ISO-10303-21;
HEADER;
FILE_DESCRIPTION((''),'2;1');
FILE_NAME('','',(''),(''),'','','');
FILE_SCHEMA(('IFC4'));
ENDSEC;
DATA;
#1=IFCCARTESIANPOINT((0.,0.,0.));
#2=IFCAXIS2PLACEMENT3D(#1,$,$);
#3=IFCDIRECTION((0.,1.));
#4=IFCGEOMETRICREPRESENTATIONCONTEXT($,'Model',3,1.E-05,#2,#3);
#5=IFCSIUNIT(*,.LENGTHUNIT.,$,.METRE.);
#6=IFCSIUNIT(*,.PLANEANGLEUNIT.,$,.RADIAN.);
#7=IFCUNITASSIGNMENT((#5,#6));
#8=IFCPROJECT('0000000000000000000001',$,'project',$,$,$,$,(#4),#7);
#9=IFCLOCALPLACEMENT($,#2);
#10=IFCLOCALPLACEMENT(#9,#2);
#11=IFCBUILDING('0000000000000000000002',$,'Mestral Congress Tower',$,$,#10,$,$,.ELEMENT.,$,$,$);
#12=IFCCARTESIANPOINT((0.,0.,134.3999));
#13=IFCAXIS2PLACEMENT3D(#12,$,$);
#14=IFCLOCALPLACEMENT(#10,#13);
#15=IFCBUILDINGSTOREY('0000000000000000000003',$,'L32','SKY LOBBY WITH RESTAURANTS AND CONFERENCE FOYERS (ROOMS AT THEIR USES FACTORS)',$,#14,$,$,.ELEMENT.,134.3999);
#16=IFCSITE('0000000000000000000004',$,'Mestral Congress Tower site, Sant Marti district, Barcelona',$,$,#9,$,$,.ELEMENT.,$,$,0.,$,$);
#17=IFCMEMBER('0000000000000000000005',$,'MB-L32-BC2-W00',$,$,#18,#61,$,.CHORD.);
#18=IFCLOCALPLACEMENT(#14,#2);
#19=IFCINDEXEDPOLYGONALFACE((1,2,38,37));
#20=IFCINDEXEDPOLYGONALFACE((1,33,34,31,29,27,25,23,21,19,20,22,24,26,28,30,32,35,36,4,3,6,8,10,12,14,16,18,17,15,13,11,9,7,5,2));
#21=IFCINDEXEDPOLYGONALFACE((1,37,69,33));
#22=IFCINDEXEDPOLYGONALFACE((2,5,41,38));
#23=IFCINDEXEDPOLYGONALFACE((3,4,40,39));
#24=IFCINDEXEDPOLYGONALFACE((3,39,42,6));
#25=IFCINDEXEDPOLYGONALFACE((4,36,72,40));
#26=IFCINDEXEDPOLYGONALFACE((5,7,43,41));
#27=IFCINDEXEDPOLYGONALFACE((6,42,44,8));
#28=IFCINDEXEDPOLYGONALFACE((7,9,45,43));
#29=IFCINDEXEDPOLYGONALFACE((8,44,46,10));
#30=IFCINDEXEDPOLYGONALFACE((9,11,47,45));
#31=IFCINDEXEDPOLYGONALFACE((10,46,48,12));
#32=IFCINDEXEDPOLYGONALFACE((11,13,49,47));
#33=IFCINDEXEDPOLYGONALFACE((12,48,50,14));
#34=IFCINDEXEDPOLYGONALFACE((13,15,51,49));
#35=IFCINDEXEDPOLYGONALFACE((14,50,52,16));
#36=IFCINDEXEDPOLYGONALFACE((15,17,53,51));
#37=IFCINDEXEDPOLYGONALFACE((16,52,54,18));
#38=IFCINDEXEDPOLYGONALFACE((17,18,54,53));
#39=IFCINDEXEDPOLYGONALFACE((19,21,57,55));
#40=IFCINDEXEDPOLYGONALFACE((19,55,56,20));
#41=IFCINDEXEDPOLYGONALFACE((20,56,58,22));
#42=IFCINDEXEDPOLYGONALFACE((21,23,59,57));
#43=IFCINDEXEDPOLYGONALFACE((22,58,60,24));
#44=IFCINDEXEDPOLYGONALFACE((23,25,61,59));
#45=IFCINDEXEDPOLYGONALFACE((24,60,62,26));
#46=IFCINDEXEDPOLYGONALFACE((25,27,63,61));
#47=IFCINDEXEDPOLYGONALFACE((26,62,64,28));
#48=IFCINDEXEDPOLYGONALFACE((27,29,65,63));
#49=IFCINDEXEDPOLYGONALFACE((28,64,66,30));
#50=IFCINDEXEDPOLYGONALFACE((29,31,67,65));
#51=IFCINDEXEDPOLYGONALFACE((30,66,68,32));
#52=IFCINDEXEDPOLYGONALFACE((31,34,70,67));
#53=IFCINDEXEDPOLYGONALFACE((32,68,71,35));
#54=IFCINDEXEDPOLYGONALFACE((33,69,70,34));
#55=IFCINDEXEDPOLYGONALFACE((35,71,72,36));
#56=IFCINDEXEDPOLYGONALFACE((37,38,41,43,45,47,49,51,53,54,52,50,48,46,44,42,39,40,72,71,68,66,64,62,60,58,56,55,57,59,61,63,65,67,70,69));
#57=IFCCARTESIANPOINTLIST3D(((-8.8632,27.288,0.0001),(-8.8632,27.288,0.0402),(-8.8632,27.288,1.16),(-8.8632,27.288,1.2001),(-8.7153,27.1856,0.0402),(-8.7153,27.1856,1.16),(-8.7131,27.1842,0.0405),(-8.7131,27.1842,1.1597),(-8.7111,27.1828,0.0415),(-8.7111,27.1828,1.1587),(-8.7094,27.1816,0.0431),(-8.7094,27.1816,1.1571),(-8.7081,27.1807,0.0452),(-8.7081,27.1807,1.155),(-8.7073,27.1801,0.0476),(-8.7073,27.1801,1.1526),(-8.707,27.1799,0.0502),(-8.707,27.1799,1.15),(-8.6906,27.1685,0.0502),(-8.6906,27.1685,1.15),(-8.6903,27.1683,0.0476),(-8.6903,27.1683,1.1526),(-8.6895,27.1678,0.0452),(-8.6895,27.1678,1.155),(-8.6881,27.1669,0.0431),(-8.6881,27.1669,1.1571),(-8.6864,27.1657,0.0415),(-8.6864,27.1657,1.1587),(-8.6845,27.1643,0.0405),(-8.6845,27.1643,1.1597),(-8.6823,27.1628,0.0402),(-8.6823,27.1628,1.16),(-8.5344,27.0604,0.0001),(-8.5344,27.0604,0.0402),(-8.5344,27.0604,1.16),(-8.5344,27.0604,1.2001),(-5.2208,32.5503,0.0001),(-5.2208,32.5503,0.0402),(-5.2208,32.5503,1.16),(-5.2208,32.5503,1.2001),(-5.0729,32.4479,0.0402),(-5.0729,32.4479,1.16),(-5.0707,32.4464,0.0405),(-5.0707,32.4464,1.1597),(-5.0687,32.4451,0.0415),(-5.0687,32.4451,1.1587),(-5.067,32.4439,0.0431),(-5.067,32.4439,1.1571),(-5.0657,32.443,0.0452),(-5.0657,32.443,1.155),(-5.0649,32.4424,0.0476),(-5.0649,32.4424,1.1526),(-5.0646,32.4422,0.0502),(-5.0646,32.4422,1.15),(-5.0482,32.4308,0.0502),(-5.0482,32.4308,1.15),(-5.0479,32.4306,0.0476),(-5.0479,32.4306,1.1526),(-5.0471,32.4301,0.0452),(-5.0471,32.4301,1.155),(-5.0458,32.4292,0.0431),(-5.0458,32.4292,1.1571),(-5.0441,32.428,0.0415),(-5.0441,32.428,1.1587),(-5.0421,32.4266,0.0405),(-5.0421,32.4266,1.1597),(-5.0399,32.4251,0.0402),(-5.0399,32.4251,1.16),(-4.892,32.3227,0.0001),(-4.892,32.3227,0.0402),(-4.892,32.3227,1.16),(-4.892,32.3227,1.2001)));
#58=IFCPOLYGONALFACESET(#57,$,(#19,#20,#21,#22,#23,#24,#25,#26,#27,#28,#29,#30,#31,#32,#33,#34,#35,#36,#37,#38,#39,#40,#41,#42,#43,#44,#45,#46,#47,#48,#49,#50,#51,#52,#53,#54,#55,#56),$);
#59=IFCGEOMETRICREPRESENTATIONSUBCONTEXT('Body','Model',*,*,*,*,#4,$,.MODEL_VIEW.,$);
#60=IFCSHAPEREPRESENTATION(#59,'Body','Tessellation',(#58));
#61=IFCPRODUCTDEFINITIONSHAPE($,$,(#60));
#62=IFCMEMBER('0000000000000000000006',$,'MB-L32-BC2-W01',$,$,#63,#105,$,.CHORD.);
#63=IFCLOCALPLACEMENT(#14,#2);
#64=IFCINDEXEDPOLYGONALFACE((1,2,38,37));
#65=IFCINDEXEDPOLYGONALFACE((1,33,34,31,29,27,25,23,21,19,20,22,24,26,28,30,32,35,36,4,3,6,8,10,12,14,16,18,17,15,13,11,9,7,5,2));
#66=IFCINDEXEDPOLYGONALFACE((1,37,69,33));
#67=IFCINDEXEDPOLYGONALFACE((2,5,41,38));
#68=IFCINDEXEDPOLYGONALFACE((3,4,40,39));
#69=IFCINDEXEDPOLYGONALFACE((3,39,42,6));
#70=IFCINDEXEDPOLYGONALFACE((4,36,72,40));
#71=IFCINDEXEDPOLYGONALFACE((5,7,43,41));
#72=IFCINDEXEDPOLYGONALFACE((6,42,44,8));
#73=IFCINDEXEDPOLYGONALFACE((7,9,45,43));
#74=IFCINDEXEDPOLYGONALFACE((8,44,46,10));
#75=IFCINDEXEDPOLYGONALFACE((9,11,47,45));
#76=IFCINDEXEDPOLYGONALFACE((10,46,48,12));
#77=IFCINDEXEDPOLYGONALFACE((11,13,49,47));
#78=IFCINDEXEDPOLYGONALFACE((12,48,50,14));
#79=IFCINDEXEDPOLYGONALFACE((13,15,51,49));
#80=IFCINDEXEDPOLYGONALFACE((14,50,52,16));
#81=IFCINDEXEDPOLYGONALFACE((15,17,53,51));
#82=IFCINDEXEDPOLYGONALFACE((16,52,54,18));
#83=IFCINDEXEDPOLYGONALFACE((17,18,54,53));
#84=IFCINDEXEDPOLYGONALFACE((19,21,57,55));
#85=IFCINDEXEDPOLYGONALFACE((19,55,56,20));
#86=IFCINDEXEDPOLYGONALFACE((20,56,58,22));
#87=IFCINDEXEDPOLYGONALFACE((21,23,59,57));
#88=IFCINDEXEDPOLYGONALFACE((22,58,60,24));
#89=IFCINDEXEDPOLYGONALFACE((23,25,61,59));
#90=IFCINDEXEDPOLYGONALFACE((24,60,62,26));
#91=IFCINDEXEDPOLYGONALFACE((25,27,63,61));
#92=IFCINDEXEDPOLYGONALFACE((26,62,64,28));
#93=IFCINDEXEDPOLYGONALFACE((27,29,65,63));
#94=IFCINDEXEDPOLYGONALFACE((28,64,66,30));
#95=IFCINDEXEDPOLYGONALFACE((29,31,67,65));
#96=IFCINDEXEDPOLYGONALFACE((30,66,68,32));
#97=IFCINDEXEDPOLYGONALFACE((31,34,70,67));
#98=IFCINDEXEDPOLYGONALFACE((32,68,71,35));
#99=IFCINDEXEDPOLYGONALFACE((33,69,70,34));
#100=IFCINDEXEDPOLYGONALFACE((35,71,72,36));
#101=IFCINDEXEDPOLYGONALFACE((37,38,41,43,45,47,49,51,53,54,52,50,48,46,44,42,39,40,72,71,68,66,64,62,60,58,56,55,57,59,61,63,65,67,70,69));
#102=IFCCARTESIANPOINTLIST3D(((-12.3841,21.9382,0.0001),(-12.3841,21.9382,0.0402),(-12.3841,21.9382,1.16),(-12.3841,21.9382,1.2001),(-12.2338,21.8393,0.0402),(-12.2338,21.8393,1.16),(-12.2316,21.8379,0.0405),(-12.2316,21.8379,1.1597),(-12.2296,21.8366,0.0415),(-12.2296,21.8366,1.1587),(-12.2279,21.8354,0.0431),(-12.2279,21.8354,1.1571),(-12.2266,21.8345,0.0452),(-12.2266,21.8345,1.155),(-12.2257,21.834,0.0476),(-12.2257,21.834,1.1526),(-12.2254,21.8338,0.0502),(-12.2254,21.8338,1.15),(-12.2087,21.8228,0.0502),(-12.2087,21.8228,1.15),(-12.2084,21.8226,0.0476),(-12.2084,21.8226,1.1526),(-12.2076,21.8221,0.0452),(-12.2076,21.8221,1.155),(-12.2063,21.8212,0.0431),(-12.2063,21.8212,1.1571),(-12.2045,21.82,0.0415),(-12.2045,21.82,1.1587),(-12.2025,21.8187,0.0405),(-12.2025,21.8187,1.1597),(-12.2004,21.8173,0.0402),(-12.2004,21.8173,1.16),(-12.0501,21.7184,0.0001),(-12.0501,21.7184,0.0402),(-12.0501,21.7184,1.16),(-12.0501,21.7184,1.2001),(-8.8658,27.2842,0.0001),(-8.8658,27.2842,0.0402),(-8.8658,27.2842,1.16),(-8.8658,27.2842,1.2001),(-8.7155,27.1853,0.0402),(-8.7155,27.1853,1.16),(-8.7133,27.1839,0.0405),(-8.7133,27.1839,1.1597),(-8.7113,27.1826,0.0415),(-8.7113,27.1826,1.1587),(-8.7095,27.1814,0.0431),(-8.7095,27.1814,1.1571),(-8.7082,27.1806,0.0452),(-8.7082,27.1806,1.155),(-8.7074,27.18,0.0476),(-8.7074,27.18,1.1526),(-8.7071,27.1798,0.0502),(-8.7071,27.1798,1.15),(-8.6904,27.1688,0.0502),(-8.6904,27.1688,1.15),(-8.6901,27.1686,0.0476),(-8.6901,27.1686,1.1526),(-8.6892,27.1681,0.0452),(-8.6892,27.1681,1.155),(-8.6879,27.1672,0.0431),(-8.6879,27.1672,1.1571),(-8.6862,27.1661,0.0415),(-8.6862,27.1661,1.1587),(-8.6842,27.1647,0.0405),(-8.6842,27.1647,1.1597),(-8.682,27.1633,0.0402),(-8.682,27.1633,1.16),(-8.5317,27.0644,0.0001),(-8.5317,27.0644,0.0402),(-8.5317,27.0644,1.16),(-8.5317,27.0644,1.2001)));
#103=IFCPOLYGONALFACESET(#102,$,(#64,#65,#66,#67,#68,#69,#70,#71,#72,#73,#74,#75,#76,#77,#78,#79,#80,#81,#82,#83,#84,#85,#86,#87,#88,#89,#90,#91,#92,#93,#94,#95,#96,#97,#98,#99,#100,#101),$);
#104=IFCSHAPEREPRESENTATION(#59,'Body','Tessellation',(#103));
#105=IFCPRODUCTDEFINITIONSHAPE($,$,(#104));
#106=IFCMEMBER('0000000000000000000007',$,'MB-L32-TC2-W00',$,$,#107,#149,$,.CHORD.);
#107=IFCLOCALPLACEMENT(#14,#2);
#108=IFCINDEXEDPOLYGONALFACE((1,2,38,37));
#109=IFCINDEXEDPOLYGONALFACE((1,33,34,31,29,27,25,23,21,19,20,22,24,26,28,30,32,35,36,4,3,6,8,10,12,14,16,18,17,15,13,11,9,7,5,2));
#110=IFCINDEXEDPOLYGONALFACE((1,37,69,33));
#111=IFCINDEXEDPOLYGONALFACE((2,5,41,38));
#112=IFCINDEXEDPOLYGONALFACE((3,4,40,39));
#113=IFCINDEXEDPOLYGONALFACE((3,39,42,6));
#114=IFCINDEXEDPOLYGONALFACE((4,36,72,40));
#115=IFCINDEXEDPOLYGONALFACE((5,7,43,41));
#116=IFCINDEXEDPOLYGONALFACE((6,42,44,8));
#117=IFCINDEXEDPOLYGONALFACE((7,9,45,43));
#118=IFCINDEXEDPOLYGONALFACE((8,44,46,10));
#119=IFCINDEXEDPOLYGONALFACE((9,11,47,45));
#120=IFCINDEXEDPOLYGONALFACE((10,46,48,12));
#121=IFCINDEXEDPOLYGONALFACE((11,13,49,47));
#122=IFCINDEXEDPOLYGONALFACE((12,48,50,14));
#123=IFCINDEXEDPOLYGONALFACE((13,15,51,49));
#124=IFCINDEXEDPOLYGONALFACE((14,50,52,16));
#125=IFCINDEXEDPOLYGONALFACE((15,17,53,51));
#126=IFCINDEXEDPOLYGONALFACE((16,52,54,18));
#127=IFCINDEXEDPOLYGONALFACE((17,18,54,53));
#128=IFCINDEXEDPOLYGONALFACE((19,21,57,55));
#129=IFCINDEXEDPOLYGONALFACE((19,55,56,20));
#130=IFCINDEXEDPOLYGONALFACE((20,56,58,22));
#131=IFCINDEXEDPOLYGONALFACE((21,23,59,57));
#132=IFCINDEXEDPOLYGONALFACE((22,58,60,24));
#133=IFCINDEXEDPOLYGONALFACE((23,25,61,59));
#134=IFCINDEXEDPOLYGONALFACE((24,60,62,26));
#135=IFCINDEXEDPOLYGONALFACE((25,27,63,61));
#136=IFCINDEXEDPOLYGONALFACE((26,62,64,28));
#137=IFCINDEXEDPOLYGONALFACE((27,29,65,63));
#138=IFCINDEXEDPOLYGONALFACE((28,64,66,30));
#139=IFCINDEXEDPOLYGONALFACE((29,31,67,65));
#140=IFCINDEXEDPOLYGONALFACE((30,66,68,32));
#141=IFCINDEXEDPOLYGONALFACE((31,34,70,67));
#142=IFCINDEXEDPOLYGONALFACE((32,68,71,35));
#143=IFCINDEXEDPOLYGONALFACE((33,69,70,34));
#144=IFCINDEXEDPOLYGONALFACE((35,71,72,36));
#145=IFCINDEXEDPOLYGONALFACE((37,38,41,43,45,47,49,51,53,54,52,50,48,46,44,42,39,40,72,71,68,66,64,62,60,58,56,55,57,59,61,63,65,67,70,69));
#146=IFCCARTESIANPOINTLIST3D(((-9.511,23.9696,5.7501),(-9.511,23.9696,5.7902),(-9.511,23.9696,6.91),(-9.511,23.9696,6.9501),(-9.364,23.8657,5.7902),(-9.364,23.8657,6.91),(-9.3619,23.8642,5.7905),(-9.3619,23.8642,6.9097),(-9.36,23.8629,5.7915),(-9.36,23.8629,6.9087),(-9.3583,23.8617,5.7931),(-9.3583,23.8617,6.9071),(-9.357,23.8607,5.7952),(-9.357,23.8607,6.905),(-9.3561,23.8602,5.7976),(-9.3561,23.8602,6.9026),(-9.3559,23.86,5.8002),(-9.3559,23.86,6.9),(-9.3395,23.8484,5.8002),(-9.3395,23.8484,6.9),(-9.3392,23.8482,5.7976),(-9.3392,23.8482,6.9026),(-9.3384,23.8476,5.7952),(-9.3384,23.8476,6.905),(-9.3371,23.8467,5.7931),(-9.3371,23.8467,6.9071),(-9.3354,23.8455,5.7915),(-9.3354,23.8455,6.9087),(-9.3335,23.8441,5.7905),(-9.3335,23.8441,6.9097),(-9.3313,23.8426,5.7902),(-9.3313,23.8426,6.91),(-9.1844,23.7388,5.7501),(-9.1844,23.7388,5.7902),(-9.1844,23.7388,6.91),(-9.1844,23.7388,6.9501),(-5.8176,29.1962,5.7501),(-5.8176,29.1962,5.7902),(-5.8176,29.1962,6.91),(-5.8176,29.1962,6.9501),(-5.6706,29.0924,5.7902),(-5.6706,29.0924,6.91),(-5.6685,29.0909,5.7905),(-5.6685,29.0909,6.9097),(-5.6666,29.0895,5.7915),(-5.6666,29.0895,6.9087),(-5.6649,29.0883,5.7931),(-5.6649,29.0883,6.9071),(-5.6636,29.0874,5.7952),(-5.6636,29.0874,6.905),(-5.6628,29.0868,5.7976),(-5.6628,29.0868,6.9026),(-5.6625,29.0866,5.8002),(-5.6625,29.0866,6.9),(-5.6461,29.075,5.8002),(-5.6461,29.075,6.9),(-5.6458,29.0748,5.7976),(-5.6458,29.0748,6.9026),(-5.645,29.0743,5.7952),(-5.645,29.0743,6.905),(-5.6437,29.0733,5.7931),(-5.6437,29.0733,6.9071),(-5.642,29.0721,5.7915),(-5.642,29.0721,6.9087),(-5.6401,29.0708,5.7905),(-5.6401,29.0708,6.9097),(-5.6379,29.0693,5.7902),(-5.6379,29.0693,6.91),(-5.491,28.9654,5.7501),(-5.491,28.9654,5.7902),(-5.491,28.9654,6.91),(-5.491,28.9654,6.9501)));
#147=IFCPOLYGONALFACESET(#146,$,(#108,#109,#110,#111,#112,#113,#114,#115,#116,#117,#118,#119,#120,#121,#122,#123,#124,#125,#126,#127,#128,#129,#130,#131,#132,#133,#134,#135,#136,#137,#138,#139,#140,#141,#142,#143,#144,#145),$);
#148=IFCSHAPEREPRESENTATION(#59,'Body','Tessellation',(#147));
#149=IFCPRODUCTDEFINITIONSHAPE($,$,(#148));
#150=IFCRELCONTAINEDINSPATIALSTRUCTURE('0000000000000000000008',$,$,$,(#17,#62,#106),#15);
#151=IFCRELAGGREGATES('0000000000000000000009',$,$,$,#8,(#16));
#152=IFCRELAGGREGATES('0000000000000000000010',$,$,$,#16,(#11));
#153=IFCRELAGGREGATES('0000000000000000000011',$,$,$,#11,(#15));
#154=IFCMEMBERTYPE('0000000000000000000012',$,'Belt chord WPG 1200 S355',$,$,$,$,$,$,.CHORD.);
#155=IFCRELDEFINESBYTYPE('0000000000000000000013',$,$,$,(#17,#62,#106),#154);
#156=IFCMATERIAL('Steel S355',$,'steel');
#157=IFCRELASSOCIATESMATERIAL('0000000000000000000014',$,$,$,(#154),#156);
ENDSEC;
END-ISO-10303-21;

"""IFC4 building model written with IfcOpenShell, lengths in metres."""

from ifc_helpers import new_model, si_unit, direction, frame, origin, origin_2d, place, context, subcontext, project, spatial, i_section, extrude, material, material_profile, profile_set, type_object, element, save


model = new_model("IFC4")

# Units and contexts
model_context = context("Model", 3, precision=1e-05, world=origin(), true_north=direction((0.0, 1.0)))
body_context = subcontext(model_context, "Body", "Model", "MODEL_VIEW")
ifc_project = project(units=[si_unit("LENGTHUNIT", "METRE"), si_unit("PLANEANGLEUNIT", "RADIAN")], contexts=[model_context])

# Site, building, storey
site_placement = place(None, origin())
site = spatial("IfcSite", under=ifc_project, at=site_placement, Name="Mestral Congress Tower site, Sant Marti district, Barcelona", CompositionType="ELEMENT", RefElevation=0.0)
building_placement = place(site_placement, origin())
building = spatial("IfcBuilding", under=site, at=building_placement, Name="Mestral Congress Tower", CompositionType="ELEMENT")
storey_placement = place(building_placement, frame((0.0, 0.0, 134.3999)))
storey = spatial("IfcBuildingStorey", under=building, at=storey_placement, Name="L32", Description="SKY LOBBY WITH RESTAURANTS AND CONFERENCE FOYERS (ROOMS AT THEIR USES FACTORS)", CompositionType="ELEMENT", Elevation=134.3999)

# Members
ifc_material_1 = material(Name="Steel S355", Category="steel")
ifc_material_profile_1 = material_profile(ifc_material_1, i_section(OverallWidth=0.3999, OverallDepth=1.2, WebThickness=0.02, FlangeThickness=0.04, FilletRadius=0.01, at=origin_2d()), Name="WPG 1200")
ifc_profile_set_1 = profile_set([ifc_material_profile_1], Name="Steel S355")
member_type_1 = type_object("IfcMemberType", Name="Belt chord WPG 1200 S355", PredefinedType="CHORD", material=ifc_profile_set_1)
for number, where, z_axis, x_axis, name in (
    (1, (-5.0564, 32.4365, 0.6001), (-0.569133, -0.822246, 0.0), (0.822246, -0.569133, 0.0), "MB-L32-BC2-W00"),
    (2, (-8.6987, 27.1743, 0.6001), (-0.549752, -0.835328, 0.0), (0.835328, -0.549752, 0.0), "MB-L32-BC2-W01"),
    (3, (-5.6543, 29.0808, 6.3501), (-0.577102, -0.816672, 0.0), (0.816672, -0.577102, 0.0), "MB-L32-TC2-W00"),
):
    element("IfcMember", number, at=place(storey_placement, frame(where, z_axis=z_axis, x_axis=x_axis)), inside=storey, type_object=member_type_1, Name=name, PredefinedType="CHORD", context=body_context, shape_type="SweptSolid", body=[
        extrude(i_section(OverallWidth=0.3999, OverallDepth=1.2, WebThickness=0.02, FlangeThickness=0.04, FilletRadius=0.01, at=origin_2d()), origin(), (0.0, 0.0, 1.0), 6.3999),
    ])

save(model, "model.ifc")
